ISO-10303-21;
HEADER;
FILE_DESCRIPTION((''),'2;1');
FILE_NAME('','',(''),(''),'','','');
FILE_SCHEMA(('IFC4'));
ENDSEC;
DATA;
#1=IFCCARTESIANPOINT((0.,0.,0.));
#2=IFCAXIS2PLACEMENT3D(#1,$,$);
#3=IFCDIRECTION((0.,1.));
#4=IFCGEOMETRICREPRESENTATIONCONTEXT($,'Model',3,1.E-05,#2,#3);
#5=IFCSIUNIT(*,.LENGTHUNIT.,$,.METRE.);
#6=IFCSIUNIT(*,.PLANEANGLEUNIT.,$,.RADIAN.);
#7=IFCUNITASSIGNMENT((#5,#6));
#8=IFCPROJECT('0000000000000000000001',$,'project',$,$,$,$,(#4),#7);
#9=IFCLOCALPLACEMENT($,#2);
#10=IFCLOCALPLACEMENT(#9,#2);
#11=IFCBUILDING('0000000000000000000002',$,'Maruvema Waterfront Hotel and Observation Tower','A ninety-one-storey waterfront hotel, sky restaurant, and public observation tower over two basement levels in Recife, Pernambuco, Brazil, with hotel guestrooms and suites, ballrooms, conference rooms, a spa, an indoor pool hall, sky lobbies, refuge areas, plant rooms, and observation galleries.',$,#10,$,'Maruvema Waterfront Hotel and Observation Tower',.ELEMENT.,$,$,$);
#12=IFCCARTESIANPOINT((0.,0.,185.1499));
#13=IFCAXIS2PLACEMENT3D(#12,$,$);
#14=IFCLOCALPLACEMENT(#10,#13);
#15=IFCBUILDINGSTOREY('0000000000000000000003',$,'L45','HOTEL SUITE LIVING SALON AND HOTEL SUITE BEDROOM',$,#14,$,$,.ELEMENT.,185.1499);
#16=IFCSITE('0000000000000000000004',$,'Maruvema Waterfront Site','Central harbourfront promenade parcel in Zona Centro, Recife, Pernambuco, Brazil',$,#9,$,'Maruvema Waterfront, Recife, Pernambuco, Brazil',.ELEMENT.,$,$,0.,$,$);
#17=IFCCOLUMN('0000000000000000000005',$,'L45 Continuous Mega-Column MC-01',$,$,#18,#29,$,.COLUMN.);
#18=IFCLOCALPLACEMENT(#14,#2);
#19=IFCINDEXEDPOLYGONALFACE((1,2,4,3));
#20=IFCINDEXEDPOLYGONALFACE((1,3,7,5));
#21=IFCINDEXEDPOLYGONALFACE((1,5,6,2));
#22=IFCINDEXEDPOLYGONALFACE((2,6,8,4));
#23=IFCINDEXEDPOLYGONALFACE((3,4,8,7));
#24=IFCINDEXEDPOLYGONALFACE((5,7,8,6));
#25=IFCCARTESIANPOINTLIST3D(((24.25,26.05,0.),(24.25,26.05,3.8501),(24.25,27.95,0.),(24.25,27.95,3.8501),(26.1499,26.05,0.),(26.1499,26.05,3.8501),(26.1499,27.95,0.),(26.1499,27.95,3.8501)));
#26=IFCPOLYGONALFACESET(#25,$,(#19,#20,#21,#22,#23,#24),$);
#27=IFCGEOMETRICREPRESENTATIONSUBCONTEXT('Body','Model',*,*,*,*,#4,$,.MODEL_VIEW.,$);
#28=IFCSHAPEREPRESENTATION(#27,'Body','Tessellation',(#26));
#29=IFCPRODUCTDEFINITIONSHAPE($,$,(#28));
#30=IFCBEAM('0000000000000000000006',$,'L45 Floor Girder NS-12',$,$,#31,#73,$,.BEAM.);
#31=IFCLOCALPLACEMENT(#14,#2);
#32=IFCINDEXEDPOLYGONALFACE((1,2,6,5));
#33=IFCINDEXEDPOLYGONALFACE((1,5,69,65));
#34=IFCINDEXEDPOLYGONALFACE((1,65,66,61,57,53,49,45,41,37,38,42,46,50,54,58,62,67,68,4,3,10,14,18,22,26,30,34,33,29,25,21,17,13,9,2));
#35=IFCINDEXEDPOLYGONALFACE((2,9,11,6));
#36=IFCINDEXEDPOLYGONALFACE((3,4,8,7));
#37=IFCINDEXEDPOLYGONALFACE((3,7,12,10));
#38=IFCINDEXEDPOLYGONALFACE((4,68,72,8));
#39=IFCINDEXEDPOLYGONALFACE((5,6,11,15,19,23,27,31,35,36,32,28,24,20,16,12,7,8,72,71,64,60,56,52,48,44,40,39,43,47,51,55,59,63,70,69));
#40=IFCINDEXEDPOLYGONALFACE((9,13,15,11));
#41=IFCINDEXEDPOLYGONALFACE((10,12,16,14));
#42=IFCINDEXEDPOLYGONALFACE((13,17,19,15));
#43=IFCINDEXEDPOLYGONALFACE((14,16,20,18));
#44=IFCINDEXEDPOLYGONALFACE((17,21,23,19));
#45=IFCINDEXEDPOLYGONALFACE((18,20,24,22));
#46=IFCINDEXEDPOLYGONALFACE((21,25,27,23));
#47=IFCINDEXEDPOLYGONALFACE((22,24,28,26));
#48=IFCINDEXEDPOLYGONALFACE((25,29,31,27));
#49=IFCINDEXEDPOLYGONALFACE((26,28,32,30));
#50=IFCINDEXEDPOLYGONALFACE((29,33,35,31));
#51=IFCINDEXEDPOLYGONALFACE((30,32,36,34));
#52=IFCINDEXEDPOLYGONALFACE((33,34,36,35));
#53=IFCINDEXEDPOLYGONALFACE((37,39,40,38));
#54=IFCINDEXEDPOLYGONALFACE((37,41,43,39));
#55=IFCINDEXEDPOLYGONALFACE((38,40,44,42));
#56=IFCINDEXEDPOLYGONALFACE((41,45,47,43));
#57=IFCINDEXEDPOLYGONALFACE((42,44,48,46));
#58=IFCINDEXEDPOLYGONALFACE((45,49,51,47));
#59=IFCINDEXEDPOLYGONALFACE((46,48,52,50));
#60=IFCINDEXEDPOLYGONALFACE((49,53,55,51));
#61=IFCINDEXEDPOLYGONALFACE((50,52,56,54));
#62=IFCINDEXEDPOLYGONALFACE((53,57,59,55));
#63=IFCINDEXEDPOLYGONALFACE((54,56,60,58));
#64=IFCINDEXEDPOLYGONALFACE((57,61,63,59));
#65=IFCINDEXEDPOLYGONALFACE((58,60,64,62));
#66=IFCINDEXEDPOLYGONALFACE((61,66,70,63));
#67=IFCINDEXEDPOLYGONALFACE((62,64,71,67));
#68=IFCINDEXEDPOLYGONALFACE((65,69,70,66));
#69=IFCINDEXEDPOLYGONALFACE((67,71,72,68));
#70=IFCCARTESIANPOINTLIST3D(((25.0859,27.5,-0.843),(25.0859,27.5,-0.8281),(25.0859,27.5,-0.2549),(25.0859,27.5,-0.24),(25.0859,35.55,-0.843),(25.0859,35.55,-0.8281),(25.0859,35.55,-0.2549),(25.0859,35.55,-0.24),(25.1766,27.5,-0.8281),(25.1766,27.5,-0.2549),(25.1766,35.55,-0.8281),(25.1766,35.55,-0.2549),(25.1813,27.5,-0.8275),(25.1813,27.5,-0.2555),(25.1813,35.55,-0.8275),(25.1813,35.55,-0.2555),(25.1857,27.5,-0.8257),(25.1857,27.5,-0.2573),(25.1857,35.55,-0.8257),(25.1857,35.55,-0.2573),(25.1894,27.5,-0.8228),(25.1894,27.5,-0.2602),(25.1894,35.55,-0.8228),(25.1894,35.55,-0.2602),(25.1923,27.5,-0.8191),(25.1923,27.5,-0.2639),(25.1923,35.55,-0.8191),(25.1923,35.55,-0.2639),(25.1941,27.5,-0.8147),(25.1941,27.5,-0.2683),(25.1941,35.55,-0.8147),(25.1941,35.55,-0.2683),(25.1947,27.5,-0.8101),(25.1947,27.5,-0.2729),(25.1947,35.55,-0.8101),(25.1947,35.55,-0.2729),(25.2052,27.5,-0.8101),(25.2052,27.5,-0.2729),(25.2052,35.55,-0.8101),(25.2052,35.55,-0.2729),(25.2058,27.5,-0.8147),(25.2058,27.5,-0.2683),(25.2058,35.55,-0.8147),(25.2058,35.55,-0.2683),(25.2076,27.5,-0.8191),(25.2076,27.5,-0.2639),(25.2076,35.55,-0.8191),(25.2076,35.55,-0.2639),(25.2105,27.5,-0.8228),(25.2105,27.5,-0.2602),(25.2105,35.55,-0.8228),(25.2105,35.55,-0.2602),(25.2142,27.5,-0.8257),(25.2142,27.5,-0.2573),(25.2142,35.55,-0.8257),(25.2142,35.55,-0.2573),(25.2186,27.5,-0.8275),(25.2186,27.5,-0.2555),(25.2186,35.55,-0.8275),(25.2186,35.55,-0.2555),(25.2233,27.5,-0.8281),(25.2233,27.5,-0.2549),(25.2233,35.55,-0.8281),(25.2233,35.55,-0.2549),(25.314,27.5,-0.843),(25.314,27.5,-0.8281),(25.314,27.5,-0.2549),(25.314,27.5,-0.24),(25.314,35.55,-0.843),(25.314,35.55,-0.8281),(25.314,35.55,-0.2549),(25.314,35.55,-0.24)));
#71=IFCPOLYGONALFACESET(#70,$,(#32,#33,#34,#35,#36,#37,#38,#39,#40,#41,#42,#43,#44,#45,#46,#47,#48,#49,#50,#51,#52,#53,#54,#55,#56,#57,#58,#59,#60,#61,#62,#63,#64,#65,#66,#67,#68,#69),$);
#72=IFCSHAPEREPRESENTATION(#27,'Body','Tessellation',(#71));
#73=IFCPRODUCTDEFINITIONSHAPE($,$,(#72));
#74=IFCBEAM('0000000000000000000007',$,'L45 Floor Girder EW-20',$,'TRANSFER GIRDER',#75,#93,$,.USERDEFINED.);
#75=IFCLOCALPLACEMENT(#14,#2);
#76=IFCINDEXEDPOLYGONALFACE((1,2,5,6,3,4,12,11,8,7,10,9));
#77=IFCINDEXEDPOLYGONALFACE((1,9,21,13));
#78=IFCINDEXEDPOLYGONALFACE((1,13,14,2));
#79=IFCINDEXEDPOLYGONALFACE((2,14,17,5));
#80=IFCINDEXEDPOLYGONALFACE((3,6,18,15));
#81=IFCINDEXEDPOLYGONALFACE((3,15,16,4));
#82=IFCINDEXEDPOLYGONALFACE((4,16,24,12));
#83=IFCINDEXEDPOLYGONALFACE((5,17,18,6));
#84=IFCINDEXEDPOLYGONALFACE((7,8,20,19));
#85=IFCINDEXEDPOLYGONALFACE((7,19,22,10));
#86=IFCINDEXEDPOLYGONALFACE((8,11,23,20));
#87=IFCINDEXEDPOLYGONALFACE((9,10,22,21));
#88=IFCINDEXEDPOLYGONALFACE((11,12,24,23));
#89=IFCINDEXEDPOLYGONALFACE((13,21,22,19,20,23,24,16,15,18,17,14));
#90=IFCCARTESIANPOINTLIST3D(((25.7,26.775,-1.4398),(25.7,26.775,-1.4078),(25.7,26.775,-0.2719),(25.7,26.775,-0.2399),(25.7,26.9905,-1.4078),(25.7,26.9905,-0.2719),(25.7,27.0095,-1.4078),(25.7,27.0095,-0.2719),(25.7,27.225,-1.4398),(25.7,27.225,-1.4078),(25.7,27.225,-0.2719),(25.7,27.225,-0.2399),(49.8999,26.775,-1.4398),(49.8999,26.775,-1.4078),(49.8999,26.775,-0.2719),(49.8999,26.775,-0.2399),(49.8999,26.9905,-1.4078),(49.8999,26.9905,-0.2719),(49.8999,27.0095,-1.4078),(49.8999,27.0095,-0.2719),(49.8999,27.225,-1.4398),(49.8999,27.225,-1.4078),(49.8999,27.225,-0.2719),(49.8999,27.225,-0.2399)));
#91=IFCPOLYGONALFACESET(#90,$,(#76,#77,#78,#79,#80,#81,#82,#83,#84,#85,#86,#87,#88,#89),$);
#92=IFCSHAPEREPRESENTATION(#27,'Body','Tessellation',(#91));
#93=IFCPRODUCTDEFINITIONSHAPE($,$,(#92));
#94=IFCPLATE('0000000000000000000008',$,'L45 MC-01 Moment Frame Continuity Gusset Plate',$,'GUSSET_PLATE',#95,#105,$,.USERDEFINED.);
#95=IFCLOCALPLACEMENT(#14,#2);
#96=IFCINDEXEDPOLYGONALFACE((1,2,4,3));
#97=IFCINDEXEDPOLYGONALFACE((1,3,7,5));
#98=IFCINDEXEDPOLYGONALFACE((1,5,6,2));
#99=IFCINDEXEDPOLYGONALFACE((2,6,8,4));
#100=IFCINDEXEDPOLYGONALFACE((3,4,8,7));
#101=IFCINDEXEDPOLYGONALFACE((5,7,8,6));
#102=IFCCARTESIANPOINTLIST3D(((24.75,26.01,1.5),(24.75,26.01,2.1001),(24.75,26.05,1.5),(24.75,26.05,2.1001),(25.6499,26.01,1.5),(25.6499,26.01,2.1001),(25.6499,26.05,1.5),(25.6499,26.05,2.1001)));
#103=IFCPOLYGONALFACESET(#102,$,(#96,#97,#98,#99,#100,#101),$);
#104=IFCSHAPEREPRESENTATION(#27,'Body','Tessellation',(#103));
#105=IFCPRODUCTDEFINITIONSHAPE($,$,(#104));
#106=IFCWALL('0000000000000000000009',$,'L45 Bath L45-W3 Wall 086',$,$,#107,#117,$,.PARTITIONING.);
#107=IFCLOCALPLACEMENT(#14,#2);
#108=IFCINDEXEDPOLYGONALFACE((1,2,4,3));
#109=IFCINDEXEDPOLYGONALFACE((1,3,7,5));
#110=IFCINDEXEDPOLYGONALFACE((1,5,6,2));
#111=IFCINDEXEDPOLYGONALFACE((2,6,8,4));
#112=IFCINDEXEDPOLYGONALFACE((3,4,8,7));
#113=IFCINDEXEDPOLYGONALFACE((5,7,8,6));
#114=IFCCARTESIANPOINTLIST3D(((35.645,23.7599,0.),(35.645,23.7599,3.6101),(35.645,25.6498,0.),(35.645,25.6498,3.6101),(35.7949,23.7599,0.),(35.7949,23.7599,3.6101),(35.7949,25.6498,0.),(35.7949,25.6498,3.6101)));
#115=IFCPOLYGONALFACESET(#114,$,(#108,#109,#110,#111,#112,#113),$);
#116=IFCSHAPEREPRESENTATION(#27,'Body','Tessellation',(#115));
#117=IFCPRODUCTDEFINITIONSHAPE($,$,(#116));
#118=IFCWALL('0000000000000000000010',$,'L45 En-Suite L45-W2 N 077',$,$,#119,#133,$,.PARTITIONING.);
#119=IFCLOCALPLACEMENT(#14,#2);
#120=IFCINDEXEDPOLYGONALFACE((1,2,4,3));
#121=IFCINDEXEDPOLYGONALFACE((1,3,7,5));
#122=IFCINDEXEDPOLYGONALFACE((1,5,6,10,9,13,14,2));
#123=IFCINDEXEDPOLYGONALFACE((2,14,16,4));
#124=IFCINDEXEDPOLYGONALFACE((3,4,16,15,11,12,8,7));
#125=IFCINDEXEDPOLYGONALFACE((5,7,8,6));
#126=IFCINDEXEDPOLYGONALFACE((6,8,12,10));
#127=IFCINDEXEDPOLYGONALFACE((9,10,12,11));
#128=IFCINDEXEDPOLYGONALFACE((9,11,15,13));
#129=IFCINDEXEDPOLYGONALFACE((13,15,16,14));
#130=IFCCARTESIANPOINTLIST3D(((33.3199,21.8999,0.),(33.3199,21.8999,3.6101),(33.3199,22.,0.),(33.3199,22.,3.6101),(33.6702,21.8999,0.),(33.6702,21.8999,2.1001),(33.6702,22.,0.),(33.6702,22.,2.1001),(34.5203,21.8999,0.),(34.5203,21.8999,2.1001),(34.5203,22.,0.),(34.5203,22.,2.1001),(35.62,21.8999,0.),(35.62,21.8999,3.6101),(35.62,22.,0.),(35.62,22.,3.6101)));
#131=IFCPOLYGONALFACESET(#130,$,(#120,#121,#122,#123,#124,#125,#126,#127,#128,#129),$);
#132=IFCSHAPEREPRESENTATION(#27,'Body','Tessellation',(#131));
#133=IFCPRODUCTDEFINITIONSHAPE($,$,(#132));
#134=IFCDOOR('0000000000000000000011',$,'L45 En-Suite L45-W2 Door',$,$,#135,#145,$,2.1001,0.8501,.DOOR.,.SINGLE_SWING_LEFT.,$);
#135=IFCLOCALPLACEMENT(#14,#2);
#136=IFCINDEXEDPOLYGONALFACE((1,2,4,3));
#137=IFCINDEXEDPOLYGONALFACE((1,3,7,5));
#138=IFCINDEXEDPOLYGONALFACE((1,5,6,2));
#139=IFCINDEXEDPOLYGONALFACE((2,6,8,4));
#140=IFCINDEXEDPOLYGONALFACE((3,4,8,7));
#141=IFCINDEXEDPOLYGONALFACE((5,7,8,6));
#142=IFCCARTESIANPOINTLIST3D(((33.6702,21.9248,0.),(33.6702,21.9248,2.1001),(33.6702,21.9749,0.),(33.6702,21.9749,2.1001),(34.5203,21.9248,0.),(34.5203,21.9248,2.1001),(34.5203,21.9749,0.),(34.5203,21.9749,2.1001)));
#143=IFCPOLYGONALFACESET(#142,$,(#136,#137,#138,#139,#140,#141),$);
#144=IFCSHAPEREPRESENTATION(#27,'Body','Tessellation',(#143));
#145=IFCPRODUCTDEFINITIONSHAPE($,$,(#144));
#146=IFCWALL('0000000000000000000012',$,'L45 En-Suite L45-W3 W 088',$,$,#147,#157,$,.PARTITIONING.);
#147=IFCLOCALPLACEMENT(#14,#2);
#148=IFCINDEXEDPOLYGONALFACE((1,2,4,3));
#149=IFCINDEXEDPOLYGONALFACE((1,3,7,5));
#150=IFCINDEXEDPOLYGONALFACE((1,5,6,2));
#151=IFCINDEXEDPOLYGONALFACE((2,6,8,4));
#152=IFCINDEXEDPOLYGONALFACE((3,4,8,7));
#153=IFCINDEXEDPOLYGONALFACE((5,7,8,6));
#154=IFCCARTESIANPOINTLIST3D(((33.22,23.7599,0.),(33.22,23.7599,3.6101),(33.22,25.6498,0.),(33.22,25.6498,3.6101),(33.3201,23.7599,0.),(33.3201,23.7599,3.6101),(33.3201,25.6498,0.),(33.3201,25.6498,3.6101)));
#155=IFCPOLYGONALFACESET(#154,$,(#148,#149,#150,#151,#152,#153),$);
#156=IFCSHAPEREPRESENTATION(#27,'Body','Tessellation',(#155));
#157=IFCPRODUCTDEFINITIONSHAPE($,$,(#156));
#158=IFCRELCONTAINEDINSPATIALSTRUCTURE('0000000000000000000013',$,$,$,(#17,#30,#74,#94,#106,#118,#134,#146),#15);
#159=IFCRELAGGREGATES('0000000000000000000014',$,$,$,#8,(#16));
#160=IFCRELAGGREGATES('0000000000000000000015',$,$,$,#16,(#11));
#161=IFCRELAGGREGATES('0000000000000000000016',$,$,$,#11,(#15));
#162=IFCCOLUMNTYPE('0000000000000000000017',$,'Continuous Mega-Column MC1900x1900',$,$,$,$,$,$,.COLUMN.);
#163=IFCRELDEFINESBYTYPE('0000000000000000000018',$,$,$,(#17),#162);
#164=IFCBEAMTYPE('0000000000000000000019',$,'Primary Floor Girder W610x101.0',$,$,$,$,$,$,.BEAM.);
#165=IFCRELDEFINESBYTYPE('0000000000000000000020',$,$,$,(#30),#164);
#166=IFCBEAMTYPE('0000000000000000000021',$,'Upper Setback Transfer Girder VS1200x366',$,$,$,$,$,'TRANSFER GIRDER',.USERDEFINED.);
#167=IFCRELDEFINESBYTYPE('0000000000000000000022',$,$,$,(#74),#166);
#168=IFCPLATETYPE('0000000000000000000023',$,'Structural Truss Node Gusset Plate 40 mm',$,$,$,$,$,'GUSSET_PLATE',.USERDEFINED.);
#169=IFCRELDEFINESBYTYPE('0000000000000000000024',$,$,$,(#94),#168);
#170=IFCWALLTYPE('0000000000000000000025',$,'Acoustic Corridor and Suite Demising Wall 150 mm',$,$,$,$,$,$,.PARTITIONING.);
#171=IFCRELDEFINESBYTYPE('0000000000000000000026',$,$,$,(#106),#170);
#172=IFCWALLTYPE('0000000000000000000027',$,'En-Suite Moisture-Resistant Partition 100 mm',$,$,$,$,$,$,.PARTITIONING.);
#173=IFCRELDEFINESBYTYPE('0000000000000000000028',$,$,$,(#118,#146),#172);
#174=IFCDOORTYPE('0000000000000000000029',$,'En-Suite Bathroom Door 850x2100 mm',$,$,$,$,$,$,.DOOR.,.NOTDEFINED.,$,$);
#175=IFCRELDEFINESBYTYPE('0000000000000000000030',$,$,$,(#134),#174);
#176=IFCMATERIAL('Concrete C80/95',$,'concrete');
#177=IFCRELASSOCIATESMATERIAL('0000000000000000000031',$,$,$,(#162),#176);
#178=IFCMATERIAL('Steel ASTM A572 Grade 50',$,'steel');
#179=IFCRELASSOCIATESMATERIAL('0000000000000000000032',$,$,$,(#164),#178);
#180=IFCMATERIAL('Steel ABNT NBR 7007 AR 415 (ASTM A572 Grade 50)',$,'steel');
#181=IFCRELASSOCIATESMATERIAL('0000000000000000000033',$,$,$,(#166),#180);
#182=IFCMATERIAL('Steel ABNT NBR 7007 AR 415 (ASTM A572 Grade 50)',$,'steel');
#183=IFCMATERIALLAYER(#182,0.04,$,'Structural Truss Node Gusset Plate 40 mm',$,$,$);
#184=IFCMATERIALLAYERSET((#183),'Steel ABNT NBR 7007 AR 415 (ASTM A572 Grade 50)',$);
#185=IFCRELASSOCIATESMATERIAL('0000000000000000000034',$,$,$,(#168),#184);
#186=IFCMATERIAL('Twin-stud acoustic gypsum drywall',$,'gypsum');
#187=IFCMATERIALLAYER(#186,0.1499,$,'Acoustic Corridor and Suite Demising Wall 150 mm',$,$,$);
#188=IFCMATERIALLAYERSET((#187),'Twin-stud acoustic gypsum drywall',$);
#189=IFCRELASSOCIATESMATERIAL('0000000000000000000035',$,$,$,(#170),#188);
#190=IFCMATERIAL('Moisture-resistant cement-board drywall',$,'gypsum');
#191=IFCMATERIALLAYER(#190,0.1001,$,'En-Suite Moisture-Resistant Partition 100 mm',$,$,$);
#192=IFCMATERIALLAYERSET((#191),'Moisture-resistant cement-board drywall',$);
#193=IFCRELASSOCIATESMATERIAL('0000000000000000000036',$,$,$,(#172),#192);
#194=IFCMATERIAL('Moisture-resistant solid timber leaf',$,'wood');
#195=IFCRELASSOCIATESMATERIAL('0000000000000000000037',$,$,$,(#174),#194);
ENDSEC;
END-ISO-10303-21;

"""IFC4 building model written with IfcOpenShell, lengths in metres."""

from ifc_helpers import new_model, si_unit, direction, frame, frame_2d, origin, origin_2d, place, context, subcontext, project, spatial, rectangle, i_section, extrude, material, layer, layer_set, material_profile, profile_set, type_object, element, fill, save


model = new_model("IFC4")

# Units and contexts
model_context = context("Model", 3, precision=1e-05, world=origin(), true_north=direction((0.0, 1.0)))
body_context = subcontext(model_context, "Body", "Model", "MODEL_VIEW")
ifc_project = project(units=[si_unit("LENGTHUNIT", "METRE"), si_unit("PLANEANGLEUNIT", "RADIAN")], contexts=[model_context])

# Site, building, storey
site_placement = place(None, origin())
site = spatial("IfcSite", under=ifc_project, at=site_placement, Name="Maruvema Waterfront Site", Description="Central harbourfront promenade parcel in Zona Centro, Recife, Pernambuco, Brazil", LongName="Maruvema Waterfront, Recife, Pernambuco, Brazil", CompositionType="ELEMENT", RefElevation=0.0)
building_placement = place(site_placement, origin())
building = spatial("IfcBuilding", under=site, at=building_placement, Name="Maruvema Waterfront Hotel and Observation Tower", Description="A ninety-one-storey waterfront hotel, sky restaurant, and public observation tower over two basement levels in Recife, Pernambuco, Brazil, with hotel guestrooms and suites, ballrooms, conference rooms, a spa, an indoor pool hall, sky lobbies, refuge areas, plant rooms, and observation galleries.", LongName="Maruvema Waterfront Hotel and Observation Tower", CompositionType="ELEMENT")
storey_placement = place(building_placement, frame((0.0, 0.0, 185.1499)))
storey = spatial("IfcBuildingStorey", under=building, at=storey_placement, Name="L45", Description="HOTEL SUITE LIVING SALON AND HOTEL SUITE BEDROOM", CompositionType="ELEMENT", Elevation=185.1499)

# Column
ifc_material_1 = material(Name="Concrete C80/95", Category="concrete")
ifc_material_profile_1 = material_profile(ifc_material_1, rectangle(XDim=1.8999, YDim=1.8999, at=origin_2d()), Name="MC1900x1900")
ifc_profile_set_1 = profile_set([ifc_material_profile_1], Name="Concrete C80/95")
column_type = type_object("IfcColumnType", Name="Continuous Mega-Column MC1900x1900", PredefinedType="COLUMN", material=ifc_profile_set_1)
column_placement = place(storey_placement, frame((25.2, 27.0, 0.0), z_axis=(0.0, 0.0, 1.0), x_axis=(1.0, 0.0, 0.0)))
element("IfcColumn", 1, at=column_placement, inside=storey, type_object=column_type, Name="L45 Continuous Mega-Column MC-01", PredefinedType="COLUMN", context=body_context, shape_type="SweptSolid", body=[
    extrude(rectangle(XDim=1.8999, YDim=1.8999, at=origin_2d()), origin(), (0.0, 0.0, 1.0), 3.8501),
])

# Beams
ifc_material_2 = material(Name="Steel ASTM A572 Grade 50", Category="steel")
ifc_material_profile_2 = material_profile(ifc_material_2, i_section(OverallWidth=0.228, OverallDepth=0.603, WebThickness=0.0105, FlangeThickness=0.0149, FilletRadius=0.0181, at=origin_2d()), Name="W610x101.0")
ifc_profile_set_2 = profile_set([ifc_material_profile_2], Name="Steel ASTM A572 Grade 50")
beam_type_1 = type_object("IfcBeamType", Name="Primary Floor Girder W610x101.0", PredefinedType="BEAM", material=ifc_profile_set_2)
beam_1_placement = place(storey_placement, frame((25.2, 27.5, -0.5415), z_axis=(0.0, 1.0, 0.0), x_axis=(-1.0, 0.0, 0.0)))
element("IfcBeam", 2, at=beam_1_placement, inside=storey, type_object=beam_type_1, Name="L45 Floor Girder NS-12", PredefinedType="BEAM", context=body_context, shape_type="SweptSolid", body=[
    extrude(i_section(OverallWidth=0.228, OverallDepth=0.603, WebThickness=0.0105, FlangeThickness=0.0149, FilletRadius=0.0181, at=origin_2d()), origin(), (0.0, 0.0, 1.0), 8.05),
])
ifc_material_3 = material(Name="Steel ABNT NBR 7007 AR 415 (ASTM A572 Grade 50)", Category="steel")
ifc_material_profile_3 = material_profile(ifc_material_3, i_section(OverallWidth=0.45, OverallDepth=1.2, WebThickness=0.019, FlangeThickness=0.032, at=origin_2d()), Name="VS1200x366")
ifc_profile_set_3 = profile_set([ifc_material_profile_3], Name="Steel ABNT NBR 7007 AR 415 (ASTM A572 Grade 50)")
beam_type_2 = type_object("IfcBeamType", Name="Upper Setback Transfer Girder VS1200x366", ElementType="TRANSFER GIRDER", PredefinedType="USERDEFINED", material=ifc_profile_set_3)
beam_2_placement = place(storey_placement, frame((25.7, 27.0, -0.8398), z_axis=(1.0, 0.0, 0.0), x_axis=(0.0, 1.0, 0.0)))
element("IfcBeam", 3, at=beam_2_placement, inside=storey, type_object=beam_type_2, Name="L45 Floor Girder EW-20", ObjectType="TRANSFER GIRDER", PredefinedType="USERDEFINED", context=body_context, shape_type="SweptSolid", body=[
    extrude(i_section(OverallWidth=0.45, OverallDepth=1.2, WebThickness=0.019, FlangeThickness=0.032, at=origin_2d()), origin(), (0.0, 0.0, 1.0), 24.2),
])

# Plate
ifc_material_4 = material(Name="Steel ABNT NBR 7007 AR 415 (ASTM A572 Grade 50)", Category="steel")
ifc_layer_1 = layer(ifc_material_4, 0.04, Name="Structural Truss Node Gusset Plate 40 mm")
ifc_layer_set_1 = layer_set([ifc_layer_1], Name="Steel ABNT NBR 7007 AR 415 (ASTM A572 Grade 50)")
plate_type = type_object("IfcPlateType", Name="Structural Truss Node Gusset Plate 40 mm", ElementType="GUSSET_PLATE", PredefinedType="USERDEFINED", material=ifc_layer_set_1)
plate_placement = place(storey_placement, frame((25.2, 26.03, 1.5), z_axis=(0.0, 0.0, 1.0), x_axis=(1.0, 0.0, 0.0)))
element("IfcPlate", 4, at=plate_placement, inside=storey, type_object=plate_type, Name="L45 MC-01 Moment Frame Continuity Gusset Plate", ObjectType="GUSSET_PLATE", PredefinedType="USERDEFINED", context=body_context, shape_type="SweptSolid", body=[
    extrude(rectangle(XDim=0.8999, YDim=0.04, at=origin_2d()), origin(), (0.0, 0.0, 1.0), 0.6001),
])

# Shared definitions
ifc_material_5 = material(Name="Twin-stud acoustic gypsum drywall", Category="gypsum")
ifc_layer_2 = layer(ifc_material_5, 0.1499, Name="Acoustic Corridor and Suite Demising Wall 150 mm")
ifc_layer_set_2 = layer_set([ifc_layer_2], Name="Twin-stud acoustic gypsum drywall")
wall_type_1 = type_object("IfcWallType", Name="Acoustic Corridor and Suite Demising Wall 150 mm", PredefinedType="PARTITIONING", material=ifc_layer_set_2)

# Wall
wall_1_placement = place(storey_placement, frame((35.72, 23.76, 0.0), z_axis=(0.0, 0.0, 1.0), x_axis=(0.0, 1.0, 0.0)))
element("IfcWall", 5, at=wall_1_placement, inside=storey, type_object=wall_type_1, Name="L45 Bath L45-W3 Wall 086", PredefinedType="PARTITIONING", context=body_context, shape_type="SweptSolid", body=[
    extrude(rectangle(XDim=1.8899, YDim=0.1499, at=frame_2d((0.9448, 0.0))), origin(), (0.0, 0.0, 1.0), 3.6101),
])

# Wall, opening, door
ifc_material_6 = material(Name="Moisture-resistant cement-board drywall", Category="gypsum")
ifc_layer_3 = layer(ifc_material_6, 0.1001, Name="En-Suite Moisture-Resistant Partition 100 mm")
ifc_layer_set_3 = layer_set([ifc_layer_3], Name="Moisture-resistant cement-board drywall")
wall_type_2 = type_object("IfcWallType", Name="En-Suite Moisture-Resistant Partition 100 mm", PredefinedType="PARTITIONING", material=ifc_layer_set_3)
wall_2_placement = place(storey_placement, frame((33.3201, 21.95, 0.0), z_axis=(0.0, 0.0, 1.0), x_axis=(1.0, 0.0, 0.0)))
wall_2 = element("IfcWall", 6, at=wall_2_placement, inside=storey, type_object=wall_type_2, Name="L45 En-Suite L45-W2 N 077", PredefinedType="PARTITIONING", context=body_context, shape_type="SweptSolid", body=[
    extrude(rectangle(XDim=2.3, YDim=0.1001, at=frame_2d((1.1499, 0.0))), origin(), (0.0, 0.0, 1.0), 3.6101),
])
opening_1_placement = place(wall_2_placement, frame((0.3501, 0.0, 0.0)))
opening_1 = element("IfcOpeningElement", 7, at=opening_1_placement, cuts=wall_2, PredefinedType="OPENING", context=body_context, shape_type="SweptSolid", body=[
    extrude(rectangle(XDim=0.8501, YDim=2.1001, at=frame_2d((0.425, 1.05))), frame((0.0, 0.0601, 0.0), z_axis=(0.0, -1.0, 0.0), x_axis=(1.0, 0.0, 0.0)), (0.0, 0.0, 1.0), 0.1201),
])
ifc_material_7 = material(Name="Moisture-resistant solid timber leaf", Category="wood")
door_type_1 = type_object("IfcDoorType", Name="En-Suite Bathroom Door 850x2100 mm", OperationType="NOTDEFINED", PredefinedType="DOOR", material=ifc_material_7)
door_1_placement = place(opening_1_placement, origin())
door_1 = element("IfcDoor", 8, at=door_1_placement, inside=storey, type_object=door_type_1, Name="L45 En-Suite L45-W2 Door", OperationType="SINGLE_SWING_LEFT", OverallHeight=2.1001, OverallWidth=0.8501, PredefinedType="DOOR", context=body_context, shape_type="SweptSolid", body=[
    extrude(rectangle(XDim=0.8501, YDim=2.1001, at=frame_2d((0.425, 1.05))), frame((0.0, 0.0249, 0.0), z_axis=(0.0, -1.0, 0.0), x_axis=(1.0, 0.0, 0.0)), (0.0, 0.0, 1.0), 0.05),
])
fill(opening_1, door_1)

# Wall
wall_3_placement = place(storey_placement, frame((33.27, 23.76, 0.0), z_axis=(0.0, 0.0, 1.0), x_axis=(0.0, 1.0, 0.0)))
element("IfcWall", 9, at=wall_3_placement, inside=storey, type_object=wall_type_2, Name="L45 En-Suite L45-W3 W 088", PredefinedType="PARTITIONING", context=body_context, shape_type="SweptSolid", body=[
    extrude(rectangle(XDim=1.8899, YDim=0.1001, at=frame_2d((0.9448, 0.0))), origin(), (0.0, 0.0, 1.0), 3.6101),
])

save(model, "model.ifc")
